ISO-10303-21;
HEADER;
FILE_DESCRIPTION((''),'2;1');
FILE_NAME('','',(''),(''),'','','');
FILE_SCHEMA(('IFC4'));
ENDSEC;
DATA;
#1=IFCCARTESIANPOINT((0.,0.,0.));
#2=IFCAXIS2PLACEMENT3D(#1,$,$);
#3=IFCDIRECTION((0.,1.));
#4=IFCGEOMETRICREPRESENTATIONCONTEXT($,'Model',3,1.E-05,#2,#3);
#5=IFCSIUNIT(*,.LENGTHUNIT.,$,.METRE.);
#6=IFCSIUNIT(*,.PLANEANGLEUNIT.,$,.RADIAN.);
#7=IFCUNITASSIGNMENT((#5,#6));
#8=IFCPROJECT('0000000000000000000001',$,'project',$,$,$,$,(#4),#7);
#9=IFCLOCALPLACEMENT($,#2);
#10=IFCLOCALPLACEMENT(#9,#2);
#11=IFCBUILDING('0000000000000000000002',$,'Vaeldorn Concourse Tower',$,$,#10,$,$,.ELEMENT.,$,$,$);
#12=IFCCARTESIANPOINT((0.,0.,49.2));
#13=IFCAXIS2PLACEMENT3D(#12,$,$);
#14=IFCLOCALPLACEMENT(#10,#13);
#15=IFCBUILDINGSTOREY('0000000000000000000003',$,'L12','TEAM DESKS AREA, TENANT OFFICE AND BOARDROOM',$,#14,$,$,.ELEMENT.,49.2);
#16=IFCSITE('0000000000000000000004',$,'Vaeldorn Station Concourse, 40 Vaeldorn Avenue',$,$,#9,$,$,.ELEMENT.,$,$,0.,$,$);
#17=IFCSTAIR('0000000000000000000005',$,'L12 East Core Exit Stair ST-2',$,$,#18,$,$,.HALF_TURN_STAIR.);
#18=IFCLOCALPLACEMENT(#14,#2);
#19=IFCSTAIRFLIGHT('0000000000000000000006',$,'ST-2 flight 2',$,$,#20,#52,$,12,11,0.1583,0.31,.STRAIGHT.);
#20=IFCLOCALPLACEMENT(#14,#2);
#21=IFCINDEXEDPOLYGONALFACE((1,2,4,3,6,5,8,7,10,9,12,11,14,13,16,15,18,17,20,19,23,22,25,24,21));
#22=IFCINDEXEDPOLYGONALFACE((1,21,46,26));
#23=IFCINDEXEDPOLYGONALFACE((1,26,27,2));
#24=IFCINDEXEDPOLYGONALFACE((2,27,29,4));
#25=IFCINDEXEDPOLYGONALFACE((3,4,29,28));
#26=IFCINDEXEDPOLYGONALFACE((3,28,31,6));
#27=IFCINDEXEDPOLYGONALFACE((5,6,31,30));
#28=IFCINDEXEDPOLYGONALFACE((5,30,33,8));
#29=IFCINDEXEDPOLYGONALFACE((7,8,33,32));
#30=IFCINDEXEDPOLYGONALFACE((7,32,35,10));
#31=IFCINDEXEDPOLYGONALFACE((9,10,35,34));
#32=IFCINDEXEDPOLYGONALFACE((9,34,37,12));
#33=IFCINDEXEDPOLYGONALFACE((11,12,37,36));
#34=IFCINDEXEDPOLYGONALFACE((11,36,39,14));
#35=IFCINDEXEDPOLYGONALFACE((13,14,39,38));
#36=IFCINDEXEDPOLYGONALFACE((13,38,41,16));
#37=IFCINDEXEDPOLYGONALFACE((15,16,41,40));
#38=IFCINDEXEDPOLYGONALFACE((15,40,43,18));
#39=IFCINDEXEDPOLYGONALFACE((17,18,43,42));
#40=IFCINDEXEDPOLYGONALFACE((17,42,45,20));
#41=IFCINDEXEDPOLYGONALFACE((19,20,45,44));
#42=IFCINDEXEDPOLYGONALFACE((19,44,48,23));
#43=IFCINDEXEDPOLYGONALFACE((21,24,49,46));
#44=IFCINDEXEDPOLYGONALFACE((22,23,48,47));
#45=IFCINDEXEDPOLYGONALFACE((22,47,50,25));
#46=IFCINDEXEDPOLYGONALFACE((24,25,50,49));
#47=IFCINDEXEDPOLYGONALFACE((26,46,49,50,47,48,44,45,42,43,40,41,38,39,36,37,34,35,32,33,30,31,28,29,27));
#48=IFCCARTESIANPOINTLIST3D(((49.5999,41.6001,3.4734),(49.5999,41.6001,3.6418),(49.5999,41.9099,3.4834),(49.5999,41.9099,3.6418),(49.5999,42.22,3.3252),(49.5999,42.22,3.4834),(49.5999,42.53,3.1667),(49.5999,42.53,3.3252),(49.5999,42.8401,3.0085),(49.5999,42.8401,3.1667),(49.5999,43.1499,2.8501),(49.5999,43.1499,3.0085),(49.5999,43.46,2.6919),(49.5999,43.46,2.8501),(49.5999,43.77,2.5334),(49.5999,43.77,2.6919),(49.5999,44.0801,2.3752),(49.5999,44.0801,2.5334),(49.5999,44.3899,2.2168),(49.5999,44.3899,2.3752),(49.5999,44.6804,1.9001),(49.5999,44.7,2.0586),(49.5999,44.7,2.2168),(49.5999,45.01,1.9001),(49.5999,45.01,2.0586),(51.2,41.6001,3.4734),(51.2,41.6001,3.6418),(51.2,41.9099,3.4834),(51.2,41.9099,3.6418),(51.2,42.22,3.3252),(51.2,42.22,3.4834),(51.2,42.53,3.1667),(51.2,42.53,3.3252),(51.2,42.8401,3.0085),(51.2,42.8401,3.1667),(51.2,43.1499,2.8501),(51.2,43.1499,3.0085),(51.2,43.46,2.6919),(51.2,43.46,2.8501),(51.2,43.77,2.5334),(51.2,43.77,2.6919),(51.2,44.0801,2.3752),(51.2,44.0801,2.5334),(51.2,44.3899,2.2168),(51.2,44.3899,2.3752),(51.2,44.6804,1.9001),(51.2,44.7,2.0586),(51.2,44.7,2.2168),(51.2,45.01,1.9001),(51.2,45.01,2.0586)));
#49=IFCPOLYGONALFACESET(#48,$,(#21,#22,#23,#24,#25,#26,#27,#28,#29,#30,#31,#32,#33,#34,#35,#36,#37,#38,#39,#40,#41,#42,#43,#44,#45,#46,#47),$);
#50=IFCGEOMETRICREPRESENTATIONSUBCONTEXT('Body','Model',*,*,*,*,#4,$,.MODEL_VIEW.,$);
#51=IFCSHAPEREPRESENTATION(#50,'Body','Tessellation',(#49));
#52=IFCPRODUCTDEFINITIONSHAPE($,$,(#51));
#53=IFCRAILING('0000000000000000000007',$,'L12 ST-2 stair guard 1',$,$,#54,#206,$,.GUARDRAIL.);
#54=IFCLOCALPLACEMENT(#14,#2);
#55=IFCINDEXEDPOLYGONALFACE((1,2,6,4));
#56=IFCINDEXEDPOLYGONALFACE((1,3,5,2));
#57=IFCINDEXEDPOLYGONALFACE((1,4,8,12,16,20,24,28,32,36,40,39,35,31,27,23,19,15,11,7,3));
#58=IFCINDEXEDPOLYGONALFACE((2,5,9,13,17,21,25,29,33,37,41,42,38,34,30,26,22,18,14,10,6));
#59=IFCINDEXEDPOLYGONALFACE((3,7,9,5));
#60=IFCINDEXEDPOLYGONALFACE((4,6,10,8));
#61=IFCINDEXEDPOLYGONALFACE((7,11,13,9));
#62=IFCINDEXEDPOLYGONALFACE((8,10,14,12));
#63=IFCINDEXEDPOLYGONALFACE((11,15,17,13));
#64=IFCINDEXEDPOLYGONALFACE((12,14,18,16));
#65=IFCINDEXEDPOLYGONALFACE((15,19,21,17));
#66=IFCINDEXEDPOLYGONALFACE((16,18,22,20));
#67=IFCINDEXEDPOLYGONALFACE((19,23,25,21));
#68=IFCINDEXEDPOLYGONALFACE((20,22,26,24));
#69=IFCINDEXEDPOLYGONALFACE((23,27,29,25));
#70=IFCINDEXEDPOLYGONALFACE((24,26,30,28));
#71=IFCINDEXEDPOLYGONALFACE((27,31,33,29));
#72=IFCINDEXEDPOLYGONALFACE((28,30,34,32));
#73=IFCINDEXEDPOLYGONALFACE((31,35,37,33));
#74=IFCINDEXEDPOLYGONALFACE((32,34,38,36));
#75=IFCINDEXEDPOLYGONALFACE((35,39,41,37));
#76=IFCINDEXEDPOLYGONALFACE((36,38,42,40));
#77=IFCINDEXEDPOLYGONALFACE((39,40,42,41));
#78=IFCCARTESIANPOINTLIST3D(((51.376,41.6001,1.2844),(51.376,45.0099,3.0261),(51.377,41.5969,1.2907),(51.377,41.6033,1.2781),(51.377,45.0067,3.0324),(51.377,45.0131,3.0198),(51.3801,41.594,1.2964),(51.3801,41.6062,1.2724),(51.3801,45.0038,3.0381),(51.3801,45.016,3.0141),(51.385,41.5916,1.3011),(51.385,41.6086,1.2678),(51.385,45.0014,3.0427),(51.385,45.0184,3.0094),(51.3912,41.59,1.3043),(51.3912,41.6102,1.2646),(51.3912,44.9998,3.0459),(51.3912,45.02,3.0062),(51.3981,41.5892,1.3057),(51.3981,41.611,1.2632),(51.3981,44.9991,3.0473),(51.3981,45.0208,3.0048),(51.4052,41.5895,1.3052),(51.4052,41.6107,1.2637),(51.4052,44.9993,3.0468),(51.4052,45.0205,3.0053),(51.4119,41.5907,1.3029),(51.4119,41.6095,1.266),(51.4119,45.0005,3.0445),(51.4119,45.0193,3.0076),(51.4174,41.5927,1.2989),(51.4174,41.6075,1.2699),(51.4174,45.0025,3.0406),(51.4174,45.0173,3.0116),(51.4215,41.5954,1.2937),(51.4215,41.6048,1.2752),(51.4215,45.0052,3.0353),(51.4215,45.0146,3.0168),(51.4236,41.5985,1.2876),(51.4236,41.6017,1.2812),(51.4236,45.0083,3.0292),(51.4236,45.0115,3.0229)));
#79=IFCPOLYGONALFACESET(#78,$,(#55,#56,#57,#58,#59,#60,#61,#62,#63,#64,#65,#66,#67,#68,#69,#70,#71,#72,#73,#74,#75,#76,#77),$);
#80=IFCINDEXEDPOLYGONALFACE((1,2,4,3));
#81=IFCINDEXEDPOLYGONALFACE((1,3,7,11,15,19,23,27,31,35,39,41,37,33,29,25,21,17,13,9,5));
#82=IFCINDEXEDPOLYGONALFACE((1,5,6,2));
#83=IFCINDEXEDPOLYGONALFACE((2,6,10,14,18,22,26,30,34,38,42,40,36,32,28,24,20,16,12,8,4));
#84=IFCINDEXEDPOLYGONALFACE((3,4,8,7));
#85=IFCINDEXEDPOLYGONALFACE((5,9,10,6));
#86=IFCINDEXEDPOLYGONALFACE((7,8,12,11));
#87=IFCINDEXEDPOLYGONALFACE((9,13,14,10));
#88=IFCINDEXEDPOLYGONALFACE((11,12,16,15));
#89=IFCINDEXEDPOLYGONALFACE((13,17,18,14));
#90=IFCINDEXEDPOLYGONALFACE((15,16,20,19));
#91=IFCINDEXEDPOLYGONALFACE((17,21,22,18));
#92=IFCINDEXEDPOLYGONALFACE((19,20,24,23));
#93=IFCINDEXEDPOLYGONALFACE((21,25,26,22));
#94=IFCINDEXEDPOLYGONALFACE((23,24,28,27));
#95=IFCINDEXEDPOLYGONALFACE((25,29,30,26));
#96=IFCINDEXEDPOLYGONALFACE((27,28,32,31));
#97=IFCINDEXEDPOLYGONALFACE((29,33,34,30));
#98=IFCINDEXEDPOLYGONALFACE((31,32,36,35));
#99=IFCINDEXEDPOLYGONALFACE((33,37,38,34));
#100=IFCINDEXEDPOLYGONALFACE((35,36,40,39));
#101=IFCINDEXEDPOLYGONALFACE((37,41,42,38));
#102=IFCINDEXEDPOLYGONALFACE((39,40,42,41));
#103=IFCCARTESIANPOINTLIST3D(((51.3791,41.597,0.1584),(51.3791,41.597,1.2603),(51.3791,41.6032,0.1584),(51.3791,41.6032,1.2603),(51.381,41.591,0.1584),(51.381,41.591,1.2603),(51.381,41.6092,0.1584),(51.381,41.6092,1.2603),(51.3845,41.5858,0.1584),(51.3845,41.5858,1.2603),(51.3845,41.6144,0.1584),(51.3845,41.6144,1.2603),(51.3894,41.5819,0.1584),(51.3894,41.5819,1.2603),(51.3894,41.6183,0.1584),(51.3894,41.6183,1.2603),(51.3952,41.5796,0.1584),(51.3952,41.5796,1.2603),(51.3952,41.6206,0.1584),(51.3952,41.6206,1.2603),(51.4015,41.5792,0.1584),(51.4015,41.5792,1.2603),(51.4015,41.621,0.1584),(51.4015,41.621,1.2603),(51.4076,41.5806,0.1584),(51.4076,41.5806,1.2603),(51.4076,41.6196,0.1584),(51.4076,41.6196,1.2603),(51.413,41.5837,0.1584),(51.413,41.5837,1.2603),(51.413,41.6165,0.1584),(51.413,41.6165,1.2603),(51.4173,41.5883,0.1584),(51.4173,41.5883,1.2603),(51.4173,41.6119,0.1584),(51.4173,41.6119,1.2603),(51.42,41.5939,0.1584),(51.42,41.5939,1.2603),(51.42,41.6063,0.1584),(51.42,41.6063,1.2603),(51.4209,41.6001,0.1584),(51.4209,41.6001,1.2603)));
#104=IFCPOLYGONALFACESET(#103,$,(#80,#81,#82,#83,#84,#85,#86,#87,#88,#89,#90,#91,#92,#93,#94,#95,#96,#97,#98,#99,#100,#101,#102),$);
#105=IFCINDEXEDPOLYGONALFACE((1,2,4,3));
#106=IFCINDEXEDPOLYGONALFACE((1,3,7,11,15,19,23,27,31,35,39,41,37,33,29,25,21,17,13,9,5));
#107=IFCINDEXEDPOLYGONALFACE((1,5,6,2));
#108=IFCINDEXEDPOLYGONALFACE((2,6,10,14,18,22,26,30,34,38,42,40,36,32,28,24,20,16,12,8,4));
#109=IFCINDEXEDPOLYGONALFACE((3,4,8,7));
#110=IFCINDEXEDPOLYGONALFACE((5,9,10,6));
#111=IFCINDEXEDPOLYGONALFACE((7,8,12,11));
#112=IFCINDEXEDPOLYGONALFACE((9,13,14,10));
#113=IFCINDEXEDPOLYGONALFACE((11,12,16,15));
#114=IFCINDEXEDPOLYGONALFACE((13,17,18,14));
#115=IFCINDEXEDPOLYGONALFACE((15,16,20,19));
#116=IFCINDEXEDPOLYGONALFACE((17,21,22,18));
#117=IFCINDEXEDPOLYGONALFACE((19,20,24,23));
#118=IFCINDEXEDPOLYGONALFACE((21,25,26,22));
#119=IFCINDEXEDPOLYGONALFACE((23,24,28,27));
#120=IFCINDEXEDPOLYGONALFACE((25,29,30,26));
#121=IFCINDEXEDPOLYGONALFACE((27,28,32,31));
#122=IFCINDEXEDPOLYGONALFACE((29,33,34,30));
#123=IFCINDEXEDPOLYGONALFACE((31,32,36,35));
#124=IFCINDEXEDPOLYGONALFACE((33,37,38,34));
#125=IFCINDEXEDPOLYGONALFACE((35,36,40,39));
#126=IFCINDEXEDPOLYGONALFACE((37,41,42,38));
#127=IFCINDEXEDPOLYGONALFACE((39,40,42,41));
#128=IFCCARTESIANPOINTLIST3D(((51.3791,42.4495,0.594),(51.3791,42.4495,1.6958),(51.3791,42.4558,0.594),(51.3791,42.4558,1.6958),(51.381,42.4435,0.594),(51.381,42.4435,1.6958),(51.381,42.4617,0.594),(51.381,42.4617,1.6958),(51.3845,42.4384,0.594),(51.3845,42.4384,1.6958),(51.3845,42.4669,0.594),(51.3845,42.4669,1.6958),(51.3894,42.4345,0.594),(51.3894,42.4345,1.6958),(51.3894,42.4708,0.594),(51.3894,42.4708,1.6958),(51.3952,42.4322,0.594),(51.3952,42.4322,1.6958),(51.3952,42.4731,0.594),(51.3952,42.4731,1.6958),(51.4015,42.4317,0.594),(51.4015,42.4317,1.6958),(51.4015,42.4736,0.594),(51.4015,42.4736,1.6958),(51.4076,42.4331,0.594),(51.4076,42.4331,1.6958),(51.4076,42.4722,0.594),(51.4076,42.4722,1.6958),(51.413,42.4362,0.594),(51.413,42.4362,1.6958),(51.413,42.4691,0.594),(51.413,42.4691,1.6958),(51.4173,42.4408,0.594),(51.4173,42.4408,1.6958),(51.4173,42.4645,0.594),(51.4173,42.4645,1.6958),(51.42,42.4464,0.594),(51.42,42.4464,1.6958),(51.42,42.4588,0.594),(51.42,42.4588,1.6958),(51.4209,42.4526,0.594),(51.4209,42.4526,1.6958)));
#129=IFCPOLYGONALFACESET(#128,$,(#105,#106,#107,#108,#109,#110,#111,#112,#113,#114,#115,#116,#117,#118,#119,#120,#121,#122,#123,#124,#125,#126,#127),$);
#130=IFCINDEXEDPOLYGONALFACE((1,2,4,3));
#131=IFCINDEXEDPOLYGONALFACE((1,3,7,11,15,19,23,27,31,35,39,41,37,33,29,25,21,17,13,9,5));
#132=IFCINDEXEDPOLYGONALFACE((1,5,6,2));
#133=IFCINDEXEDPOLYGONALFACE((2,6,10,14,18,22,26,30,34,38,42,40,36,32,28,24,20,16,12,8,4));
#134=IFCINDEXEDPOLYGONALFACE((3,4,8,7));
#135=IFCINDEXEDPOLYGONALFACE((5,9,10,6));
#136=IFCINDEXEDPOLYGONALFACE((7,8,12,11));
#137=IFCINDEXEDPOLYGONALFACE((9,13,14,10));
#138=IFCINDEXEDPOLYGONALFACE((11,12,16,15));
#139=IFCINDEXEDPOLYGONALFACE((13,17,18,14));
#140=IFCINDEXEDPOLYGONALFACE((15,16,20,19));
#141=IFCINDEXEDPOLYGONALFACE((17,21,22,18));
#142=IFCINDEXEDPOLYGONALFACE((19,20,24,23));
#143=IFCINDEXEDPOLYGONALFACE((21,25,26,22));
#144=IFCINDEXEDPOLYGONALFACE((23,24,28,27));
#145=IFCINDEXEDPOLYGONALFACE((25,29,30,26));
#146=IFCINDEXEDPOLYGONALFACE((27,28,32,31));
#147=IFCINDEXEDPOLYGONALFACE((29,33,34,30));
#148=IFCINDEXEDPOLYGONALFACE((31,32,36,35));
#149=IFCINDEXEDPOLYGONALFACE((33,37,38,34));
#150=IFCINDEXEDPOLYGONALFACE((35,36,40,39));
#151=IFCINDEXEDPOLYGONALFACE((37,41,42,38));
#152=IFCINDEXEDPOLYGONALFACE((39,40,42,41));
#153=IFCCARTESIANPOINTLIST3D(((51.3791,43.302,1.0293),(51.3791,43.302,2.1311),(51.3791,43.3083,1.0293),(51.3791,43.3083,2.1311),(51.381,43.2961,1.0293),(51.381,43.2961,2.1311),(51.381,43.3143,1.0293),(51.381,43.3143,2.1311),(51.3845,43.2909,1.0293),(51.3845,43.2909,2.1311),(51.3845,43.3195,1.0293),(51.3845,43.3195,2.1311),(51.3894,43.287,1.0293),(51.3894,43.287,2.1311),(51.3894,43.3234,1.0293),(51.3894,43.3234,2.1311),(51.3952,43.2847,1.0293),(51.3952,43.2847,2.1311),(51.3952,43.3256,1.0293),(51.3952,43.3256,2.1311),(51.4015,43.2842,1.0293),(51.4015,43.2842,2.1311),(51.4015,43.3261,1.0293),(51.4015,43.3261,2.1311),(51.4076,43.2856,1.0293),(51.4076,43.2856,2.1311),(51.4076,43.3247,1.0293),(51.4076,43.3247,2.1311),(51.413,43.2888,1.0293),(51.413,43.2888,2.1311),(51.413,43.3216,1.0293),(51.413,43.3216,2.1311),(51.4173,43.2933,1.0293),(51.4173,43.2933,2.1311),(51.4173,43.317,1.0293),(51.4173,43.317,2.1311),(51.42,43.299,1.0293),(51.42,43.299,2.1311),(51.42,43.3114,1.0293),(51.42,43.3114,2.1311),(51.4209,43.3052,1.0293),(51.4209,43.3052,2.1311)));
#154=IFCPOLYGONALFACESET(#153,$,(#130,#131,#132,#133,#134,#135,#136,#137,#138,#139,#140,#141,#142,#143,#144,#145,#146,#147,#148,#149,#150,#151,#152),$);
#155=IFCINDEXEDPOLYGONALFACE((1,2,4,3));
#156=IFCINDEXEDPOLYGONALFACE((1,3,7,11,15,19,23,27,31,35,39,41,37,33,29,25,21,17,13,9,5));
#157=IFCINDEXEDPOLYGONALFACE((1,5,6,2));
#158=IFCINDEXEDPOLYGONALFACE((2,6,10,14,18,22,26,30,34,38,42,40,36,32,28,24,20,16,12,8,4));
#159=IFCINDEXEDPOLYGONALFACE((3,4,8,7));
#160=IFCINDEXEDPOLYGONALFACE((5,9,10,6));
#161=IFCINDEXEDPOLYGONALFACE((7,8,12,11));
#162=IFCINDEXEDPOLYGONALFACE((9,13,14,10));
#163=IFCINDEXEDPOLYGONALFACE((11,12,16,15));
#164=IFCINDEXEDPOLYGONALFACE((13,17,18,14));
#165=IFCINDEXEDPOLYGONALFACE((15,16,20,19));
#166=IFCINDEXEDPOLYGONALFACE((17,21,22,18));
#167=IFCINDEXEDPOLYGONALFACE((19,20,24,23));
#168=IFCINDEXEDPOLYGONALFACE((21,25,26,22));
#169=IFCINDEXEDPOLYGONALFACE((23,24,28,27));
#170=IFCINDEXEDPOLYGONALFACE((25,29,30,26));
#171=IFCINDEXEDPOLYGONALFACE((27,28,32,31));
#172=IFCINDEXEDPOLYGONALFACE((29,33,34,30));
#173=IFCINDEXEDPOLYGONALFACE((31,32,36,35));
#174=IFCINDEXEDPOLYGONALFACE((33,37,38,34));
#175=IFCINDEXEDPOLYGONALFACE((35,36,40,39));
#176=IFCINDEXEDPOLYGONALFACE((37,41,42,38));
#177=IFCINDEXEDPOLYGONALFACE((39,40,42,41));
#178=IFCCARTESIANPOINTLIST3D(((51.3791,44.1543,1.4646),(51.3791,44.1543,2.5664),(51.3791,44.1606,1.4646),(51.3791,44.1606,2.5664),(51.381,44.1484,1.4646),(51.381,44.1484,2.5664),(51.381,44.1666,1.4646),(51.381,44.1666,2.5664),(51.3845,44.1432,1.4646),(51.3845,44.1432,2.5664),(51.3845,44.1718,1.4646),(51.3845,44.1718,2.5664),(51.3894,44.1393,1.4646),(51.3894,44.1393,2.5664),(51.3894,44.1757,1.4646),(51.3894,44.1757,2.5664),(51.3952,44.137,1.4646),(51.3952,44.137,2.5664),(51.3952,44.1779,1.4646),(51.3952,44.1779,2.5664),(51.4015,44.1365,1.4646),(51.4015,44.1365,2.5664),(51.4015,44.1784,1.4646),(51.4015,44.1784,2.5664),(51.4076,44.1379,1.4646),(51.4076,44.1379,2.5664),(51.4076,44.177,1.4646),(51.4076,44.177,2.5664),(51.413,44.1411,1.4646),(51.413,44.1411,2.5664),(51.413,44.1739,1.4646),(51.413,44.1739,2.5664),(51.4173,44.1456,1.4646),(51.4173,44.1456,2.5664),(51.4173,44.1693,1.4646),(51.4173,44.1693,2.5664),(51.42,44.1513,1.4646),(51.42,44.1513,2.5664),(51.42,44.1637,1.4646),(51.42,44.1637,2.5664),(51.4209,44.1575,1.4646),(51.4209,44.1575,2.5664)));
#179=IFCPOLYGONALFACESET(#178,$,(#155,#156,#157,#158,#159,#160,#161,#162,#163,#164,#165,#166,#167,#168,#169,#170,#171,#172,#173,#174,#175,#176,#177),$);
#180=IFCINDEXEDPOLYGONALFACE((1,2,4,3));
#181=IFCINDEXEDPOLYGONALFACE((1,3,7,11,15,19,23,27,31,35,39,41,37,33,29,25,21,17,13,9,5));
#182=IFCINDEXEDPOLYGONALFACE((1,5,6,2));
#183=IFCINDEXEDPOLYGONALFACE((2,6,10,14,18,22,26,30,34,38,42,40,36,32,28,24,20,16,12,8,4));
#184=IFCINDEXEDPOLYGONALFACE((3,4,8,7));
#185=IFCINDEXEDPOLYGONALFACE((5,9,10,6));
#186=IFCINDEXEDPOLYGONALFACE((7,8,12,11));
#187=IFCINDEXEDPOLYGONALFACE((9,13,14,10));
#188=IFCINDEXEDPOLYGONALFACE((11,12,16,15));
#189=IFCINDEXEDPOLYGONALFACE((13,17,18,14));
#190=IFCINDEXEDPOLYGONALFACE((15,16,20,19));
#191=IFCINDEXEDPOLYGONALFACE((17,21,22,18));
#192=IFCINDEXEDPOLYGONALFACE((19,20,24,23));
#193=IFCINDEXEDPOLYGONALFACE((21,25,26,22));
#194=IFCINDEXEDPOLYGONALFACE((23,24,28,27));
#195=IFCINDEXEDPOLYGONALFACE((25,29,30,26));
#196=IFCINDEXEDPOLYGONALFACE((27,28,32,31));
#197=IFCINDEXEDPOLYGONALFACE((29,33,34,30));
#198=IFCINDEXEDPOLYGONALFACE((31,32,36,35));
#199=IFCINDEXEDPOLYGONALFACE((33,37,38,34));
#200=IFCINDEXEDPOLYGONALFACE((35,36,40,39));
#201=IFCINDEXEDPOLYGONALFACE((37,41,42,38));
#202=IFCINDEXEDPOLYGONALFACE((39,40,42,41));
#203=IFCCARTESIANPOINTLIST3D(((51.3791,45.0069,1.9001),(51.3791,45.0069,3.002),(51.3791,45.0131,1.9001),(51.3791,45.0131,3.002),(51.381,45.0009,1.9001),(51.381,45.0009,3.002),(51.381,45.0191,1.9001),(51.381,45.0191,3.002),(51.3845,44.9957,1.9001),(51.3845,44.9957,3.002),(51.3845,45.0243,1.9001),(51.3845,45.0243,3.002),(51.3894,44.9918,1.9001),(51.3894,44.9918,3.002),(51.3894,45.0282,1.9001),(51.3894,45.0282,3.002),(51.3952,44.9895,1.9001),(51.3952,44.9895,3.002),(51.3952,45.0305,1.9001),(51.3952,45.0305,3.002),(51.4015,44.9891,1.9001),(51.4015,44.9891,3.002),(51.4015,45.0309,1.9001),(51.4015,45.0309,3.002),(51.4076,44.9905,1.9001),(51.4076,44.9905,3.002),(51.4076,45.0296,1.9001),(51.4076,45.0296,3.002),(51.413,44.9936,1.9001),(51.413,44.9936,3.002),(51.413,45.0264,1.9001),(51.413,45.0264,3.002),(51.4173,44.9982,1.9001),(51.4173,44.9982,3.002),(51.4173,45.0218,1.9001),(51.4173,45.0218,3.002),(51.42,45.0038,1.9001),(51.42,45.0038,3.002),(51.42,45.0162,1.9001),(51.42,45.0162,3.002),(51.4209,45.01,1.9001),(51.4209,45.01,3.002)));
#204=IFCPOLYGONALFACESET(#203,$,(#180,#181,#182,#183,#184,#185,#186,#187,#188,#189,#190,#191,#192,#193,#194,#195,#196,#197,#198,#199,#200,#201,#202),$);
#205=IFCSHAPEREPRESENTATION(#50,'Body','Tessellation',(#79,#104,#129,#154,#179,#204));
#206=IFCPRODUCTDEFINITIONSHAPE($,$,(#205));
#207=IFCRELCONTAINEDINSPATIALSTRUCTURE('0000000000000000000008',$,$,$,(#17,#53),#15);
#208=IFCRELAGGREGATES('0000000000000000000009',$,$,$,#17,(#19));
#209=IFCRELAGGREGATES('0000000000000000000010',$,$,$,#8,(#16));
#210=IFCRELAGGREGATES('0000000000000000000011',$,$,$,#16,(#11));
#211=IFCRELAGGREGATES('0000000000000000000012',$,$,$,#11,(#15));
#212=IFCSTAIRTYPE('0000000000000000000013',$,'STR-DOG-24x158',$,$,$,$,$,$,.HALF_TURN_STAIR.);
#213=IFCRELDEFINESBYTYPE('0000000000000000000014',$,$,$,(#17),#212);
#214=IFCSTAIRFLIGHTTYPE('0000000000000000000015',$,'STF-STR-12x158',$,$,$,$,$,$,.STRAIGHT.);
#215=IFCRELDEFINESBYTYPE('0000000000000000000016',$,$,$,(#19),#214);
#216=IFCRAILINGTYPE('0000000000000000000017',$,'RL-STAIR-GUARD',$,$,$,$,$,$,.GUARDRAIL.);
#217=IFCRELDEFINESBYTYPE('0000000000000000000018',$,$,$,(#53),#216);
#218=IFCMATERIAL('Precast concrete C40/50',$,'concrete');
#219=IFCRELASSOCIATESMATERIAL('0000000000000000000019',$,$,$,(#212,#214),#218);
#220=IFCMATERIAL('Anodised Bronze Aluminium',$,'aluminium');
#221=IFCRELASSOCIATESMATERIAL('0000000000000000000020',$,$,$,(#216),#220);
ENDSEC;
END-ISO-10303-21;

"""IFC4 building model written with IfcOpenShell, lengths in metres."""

from ifc_helpers import new_model, si_unit, direction, frame, origin, origin_2d, place, context, subcontext, project, spatial, polyline, circle, outline, extrude, material, type_object, element, aggregate, save


model = new_model("IFC4")

# Units and contexts
model_context = context("Model", 3, precision=1e-05, world=origin(), true_north=direction((0.0, 1.0)))
body_context = subcontext(model_context, "Body", "Model", "MODEL_VIEW")
ifc_project = project(units=[si_unit("LENGTHUNIT", "METRE"), si_unit("PLANEANGLEUNIT", "RADIAN")], contexts=[model_context])

# Site, building, storey
site_placement = place(None, origin())
site = spatial("IfcSite", under=ifc_project, at=site_placement, Name="Vaeldorn Station Concourse, 40 Vaeldorn Avenue", CompositionType="ELEMENT", RefElevation=0.0)
building_placement = place(site_placement, origin())
building = spatial("IfcBuilding", under=site, at=building_placement, Name="Vaeldorn Concourse Tower", CompositionType="ELEMENT")
storey_placement = place(building_placement, frame((0.0, 0.0, 49.2)))
storey = spatial("IfcBuildingStorey", under=building, at=storey_placement, Name="L12", Description="TEAM DESKS AREA, TENANT OFFICE AND BOARDROOM", CompositionType="ELEMENT", Elevation=49.2)

# Shared definitions
ifc_material_1 = material(Name="Anodised Bronze Aluminium", Category="aluminium")

# Stair, stair flight
ifc_material_2 = material(Name="Precast concrete C40/50", Category="concrete")
stair_type = type_object("IfcStairType", Name="STR-DOG-24x158", PredefinedType="HALF_TURN_STAIR", material=ifc_material_2)
stair_placement = place(storey_placement, origin())
stair = element("IfcStair", 1, at=stair_placement, inside=storey, type_object=stair_type, Name="L12 East Core Exit Stair ST-2", PredefinedType="HALF_TURN_STAIR")
stair_flight_type = type_object("IfcStairFlightType", Name="STF-STR-12x158", PredefinedType="STRAIGHT", material=ifc_material_2)
stair_flight_1_placement = place(storey_placement, frame((50.3999, 45.01, 1.9001), z_axis=(0.0, 0.0, 1.0), x_axis=(0.0, -1.0, 0.0)))
stair_flight_1 = element("IfcStairFlight", 2, at=stair_flight_1_placement, type_object=stair_flight_type, Name="ST-2 flight 2", NumberOfRisers=12, NumberOfTreads=11, PredefinedType="STRAIGHT", RiserHeight=0.1583, TreadLength=0.31, context=body_context, shape_type="SweptSolid", body=[
    extrude(outline(polyline([(0.0, 0.0), (0.0, 0.1584), (0.3101, 0.1584), (0.3101, 0.3167), (0.6201, 0.3167), (0.6201, 0.4751), (0.9299, 0.4751), (0.9299, 0.6333), (1.24, 0.6333), (1.24, 0.7917), (1.55, 0.7917), (1.55, 0.95), (1.8601, 0.95), (1.8601, 1.1084), (2.1699, 1.1084), (2.1699, 1.2666), (2.48, 1.2666), (2.48, 1.425), (2.79, 1.425), (2.79, 1.5833), (3.1001, 1.5833), (3.1001, 1.7417), (3.4099, 1.7417), (3.4099, 1.8999), (3.4099, 1.5732), (0.3296, 0.0), (0.0, 0.0)])), frame((0.0, 0.8, 0.0), z_axis=(0.0, -1.0, 0.0), x_axis=(1.0, 0.0, 0.0)), (0.0, 0.0, 1.0), 1.6001),
])
aggregate(stair, [stair_flight_1])

# Railing
railing_type_1 = type_object("IfcRailingType", Name="RL-STAIR-GUARD", PredefinedType="GUARDRAIL", material=ifc_material_1)
railing_1_placement = place(storey_placement, frame((51.3999, 41.6001, 0.1584)))
element("IfcRailing", 3, at=railing_1_placement, inside=storey, type_object=railing_type_1, Name="L12 ST-2 stair guard 1", PredefinedType="GUARDRAIL", context=body_context, shape_type="SweptSolid", body=[
    extrude(circle(Radius=0.0239, at=origin_2d()), frame((0.0, 0.0, 1.126), z_axis=(0.0, 0.890556, 0.454874), x_axis=(-1.0, 0.0, 0.0)), (0.0, 0.0, 1.0), 3.8289),
    extrude(circle(Radius=0.021, at=origin_2d()), origin(), (0.0, 0.0, 1.0), 1.1018),
    extrude(circle(Radius=0.021, at=origin_2d()), frame((0.0, 0.8525, 0.4355)), (0.0, 0.0, 1.0), 1.1018),
    extrude(circle(Radius=0.021, at=origin_2d()), frame((0.0, 1.7051, 0.8708)), (0.0, 0.0, 1.0), 1.1018),
    extrude(circle(Radius=0.021, at=origin_2d()), frame((0.0, 2.5574, 1.3062)), (0.0, 0.0, 1.0), 1.1018),
    extrude(circle(Radius=0.021, at=origin_2d()), frame((0.0, 3.4099, 1.7417)), (0.0, 0.0, 1.0), 1.1018),
])

save(model, "model.ifc")
